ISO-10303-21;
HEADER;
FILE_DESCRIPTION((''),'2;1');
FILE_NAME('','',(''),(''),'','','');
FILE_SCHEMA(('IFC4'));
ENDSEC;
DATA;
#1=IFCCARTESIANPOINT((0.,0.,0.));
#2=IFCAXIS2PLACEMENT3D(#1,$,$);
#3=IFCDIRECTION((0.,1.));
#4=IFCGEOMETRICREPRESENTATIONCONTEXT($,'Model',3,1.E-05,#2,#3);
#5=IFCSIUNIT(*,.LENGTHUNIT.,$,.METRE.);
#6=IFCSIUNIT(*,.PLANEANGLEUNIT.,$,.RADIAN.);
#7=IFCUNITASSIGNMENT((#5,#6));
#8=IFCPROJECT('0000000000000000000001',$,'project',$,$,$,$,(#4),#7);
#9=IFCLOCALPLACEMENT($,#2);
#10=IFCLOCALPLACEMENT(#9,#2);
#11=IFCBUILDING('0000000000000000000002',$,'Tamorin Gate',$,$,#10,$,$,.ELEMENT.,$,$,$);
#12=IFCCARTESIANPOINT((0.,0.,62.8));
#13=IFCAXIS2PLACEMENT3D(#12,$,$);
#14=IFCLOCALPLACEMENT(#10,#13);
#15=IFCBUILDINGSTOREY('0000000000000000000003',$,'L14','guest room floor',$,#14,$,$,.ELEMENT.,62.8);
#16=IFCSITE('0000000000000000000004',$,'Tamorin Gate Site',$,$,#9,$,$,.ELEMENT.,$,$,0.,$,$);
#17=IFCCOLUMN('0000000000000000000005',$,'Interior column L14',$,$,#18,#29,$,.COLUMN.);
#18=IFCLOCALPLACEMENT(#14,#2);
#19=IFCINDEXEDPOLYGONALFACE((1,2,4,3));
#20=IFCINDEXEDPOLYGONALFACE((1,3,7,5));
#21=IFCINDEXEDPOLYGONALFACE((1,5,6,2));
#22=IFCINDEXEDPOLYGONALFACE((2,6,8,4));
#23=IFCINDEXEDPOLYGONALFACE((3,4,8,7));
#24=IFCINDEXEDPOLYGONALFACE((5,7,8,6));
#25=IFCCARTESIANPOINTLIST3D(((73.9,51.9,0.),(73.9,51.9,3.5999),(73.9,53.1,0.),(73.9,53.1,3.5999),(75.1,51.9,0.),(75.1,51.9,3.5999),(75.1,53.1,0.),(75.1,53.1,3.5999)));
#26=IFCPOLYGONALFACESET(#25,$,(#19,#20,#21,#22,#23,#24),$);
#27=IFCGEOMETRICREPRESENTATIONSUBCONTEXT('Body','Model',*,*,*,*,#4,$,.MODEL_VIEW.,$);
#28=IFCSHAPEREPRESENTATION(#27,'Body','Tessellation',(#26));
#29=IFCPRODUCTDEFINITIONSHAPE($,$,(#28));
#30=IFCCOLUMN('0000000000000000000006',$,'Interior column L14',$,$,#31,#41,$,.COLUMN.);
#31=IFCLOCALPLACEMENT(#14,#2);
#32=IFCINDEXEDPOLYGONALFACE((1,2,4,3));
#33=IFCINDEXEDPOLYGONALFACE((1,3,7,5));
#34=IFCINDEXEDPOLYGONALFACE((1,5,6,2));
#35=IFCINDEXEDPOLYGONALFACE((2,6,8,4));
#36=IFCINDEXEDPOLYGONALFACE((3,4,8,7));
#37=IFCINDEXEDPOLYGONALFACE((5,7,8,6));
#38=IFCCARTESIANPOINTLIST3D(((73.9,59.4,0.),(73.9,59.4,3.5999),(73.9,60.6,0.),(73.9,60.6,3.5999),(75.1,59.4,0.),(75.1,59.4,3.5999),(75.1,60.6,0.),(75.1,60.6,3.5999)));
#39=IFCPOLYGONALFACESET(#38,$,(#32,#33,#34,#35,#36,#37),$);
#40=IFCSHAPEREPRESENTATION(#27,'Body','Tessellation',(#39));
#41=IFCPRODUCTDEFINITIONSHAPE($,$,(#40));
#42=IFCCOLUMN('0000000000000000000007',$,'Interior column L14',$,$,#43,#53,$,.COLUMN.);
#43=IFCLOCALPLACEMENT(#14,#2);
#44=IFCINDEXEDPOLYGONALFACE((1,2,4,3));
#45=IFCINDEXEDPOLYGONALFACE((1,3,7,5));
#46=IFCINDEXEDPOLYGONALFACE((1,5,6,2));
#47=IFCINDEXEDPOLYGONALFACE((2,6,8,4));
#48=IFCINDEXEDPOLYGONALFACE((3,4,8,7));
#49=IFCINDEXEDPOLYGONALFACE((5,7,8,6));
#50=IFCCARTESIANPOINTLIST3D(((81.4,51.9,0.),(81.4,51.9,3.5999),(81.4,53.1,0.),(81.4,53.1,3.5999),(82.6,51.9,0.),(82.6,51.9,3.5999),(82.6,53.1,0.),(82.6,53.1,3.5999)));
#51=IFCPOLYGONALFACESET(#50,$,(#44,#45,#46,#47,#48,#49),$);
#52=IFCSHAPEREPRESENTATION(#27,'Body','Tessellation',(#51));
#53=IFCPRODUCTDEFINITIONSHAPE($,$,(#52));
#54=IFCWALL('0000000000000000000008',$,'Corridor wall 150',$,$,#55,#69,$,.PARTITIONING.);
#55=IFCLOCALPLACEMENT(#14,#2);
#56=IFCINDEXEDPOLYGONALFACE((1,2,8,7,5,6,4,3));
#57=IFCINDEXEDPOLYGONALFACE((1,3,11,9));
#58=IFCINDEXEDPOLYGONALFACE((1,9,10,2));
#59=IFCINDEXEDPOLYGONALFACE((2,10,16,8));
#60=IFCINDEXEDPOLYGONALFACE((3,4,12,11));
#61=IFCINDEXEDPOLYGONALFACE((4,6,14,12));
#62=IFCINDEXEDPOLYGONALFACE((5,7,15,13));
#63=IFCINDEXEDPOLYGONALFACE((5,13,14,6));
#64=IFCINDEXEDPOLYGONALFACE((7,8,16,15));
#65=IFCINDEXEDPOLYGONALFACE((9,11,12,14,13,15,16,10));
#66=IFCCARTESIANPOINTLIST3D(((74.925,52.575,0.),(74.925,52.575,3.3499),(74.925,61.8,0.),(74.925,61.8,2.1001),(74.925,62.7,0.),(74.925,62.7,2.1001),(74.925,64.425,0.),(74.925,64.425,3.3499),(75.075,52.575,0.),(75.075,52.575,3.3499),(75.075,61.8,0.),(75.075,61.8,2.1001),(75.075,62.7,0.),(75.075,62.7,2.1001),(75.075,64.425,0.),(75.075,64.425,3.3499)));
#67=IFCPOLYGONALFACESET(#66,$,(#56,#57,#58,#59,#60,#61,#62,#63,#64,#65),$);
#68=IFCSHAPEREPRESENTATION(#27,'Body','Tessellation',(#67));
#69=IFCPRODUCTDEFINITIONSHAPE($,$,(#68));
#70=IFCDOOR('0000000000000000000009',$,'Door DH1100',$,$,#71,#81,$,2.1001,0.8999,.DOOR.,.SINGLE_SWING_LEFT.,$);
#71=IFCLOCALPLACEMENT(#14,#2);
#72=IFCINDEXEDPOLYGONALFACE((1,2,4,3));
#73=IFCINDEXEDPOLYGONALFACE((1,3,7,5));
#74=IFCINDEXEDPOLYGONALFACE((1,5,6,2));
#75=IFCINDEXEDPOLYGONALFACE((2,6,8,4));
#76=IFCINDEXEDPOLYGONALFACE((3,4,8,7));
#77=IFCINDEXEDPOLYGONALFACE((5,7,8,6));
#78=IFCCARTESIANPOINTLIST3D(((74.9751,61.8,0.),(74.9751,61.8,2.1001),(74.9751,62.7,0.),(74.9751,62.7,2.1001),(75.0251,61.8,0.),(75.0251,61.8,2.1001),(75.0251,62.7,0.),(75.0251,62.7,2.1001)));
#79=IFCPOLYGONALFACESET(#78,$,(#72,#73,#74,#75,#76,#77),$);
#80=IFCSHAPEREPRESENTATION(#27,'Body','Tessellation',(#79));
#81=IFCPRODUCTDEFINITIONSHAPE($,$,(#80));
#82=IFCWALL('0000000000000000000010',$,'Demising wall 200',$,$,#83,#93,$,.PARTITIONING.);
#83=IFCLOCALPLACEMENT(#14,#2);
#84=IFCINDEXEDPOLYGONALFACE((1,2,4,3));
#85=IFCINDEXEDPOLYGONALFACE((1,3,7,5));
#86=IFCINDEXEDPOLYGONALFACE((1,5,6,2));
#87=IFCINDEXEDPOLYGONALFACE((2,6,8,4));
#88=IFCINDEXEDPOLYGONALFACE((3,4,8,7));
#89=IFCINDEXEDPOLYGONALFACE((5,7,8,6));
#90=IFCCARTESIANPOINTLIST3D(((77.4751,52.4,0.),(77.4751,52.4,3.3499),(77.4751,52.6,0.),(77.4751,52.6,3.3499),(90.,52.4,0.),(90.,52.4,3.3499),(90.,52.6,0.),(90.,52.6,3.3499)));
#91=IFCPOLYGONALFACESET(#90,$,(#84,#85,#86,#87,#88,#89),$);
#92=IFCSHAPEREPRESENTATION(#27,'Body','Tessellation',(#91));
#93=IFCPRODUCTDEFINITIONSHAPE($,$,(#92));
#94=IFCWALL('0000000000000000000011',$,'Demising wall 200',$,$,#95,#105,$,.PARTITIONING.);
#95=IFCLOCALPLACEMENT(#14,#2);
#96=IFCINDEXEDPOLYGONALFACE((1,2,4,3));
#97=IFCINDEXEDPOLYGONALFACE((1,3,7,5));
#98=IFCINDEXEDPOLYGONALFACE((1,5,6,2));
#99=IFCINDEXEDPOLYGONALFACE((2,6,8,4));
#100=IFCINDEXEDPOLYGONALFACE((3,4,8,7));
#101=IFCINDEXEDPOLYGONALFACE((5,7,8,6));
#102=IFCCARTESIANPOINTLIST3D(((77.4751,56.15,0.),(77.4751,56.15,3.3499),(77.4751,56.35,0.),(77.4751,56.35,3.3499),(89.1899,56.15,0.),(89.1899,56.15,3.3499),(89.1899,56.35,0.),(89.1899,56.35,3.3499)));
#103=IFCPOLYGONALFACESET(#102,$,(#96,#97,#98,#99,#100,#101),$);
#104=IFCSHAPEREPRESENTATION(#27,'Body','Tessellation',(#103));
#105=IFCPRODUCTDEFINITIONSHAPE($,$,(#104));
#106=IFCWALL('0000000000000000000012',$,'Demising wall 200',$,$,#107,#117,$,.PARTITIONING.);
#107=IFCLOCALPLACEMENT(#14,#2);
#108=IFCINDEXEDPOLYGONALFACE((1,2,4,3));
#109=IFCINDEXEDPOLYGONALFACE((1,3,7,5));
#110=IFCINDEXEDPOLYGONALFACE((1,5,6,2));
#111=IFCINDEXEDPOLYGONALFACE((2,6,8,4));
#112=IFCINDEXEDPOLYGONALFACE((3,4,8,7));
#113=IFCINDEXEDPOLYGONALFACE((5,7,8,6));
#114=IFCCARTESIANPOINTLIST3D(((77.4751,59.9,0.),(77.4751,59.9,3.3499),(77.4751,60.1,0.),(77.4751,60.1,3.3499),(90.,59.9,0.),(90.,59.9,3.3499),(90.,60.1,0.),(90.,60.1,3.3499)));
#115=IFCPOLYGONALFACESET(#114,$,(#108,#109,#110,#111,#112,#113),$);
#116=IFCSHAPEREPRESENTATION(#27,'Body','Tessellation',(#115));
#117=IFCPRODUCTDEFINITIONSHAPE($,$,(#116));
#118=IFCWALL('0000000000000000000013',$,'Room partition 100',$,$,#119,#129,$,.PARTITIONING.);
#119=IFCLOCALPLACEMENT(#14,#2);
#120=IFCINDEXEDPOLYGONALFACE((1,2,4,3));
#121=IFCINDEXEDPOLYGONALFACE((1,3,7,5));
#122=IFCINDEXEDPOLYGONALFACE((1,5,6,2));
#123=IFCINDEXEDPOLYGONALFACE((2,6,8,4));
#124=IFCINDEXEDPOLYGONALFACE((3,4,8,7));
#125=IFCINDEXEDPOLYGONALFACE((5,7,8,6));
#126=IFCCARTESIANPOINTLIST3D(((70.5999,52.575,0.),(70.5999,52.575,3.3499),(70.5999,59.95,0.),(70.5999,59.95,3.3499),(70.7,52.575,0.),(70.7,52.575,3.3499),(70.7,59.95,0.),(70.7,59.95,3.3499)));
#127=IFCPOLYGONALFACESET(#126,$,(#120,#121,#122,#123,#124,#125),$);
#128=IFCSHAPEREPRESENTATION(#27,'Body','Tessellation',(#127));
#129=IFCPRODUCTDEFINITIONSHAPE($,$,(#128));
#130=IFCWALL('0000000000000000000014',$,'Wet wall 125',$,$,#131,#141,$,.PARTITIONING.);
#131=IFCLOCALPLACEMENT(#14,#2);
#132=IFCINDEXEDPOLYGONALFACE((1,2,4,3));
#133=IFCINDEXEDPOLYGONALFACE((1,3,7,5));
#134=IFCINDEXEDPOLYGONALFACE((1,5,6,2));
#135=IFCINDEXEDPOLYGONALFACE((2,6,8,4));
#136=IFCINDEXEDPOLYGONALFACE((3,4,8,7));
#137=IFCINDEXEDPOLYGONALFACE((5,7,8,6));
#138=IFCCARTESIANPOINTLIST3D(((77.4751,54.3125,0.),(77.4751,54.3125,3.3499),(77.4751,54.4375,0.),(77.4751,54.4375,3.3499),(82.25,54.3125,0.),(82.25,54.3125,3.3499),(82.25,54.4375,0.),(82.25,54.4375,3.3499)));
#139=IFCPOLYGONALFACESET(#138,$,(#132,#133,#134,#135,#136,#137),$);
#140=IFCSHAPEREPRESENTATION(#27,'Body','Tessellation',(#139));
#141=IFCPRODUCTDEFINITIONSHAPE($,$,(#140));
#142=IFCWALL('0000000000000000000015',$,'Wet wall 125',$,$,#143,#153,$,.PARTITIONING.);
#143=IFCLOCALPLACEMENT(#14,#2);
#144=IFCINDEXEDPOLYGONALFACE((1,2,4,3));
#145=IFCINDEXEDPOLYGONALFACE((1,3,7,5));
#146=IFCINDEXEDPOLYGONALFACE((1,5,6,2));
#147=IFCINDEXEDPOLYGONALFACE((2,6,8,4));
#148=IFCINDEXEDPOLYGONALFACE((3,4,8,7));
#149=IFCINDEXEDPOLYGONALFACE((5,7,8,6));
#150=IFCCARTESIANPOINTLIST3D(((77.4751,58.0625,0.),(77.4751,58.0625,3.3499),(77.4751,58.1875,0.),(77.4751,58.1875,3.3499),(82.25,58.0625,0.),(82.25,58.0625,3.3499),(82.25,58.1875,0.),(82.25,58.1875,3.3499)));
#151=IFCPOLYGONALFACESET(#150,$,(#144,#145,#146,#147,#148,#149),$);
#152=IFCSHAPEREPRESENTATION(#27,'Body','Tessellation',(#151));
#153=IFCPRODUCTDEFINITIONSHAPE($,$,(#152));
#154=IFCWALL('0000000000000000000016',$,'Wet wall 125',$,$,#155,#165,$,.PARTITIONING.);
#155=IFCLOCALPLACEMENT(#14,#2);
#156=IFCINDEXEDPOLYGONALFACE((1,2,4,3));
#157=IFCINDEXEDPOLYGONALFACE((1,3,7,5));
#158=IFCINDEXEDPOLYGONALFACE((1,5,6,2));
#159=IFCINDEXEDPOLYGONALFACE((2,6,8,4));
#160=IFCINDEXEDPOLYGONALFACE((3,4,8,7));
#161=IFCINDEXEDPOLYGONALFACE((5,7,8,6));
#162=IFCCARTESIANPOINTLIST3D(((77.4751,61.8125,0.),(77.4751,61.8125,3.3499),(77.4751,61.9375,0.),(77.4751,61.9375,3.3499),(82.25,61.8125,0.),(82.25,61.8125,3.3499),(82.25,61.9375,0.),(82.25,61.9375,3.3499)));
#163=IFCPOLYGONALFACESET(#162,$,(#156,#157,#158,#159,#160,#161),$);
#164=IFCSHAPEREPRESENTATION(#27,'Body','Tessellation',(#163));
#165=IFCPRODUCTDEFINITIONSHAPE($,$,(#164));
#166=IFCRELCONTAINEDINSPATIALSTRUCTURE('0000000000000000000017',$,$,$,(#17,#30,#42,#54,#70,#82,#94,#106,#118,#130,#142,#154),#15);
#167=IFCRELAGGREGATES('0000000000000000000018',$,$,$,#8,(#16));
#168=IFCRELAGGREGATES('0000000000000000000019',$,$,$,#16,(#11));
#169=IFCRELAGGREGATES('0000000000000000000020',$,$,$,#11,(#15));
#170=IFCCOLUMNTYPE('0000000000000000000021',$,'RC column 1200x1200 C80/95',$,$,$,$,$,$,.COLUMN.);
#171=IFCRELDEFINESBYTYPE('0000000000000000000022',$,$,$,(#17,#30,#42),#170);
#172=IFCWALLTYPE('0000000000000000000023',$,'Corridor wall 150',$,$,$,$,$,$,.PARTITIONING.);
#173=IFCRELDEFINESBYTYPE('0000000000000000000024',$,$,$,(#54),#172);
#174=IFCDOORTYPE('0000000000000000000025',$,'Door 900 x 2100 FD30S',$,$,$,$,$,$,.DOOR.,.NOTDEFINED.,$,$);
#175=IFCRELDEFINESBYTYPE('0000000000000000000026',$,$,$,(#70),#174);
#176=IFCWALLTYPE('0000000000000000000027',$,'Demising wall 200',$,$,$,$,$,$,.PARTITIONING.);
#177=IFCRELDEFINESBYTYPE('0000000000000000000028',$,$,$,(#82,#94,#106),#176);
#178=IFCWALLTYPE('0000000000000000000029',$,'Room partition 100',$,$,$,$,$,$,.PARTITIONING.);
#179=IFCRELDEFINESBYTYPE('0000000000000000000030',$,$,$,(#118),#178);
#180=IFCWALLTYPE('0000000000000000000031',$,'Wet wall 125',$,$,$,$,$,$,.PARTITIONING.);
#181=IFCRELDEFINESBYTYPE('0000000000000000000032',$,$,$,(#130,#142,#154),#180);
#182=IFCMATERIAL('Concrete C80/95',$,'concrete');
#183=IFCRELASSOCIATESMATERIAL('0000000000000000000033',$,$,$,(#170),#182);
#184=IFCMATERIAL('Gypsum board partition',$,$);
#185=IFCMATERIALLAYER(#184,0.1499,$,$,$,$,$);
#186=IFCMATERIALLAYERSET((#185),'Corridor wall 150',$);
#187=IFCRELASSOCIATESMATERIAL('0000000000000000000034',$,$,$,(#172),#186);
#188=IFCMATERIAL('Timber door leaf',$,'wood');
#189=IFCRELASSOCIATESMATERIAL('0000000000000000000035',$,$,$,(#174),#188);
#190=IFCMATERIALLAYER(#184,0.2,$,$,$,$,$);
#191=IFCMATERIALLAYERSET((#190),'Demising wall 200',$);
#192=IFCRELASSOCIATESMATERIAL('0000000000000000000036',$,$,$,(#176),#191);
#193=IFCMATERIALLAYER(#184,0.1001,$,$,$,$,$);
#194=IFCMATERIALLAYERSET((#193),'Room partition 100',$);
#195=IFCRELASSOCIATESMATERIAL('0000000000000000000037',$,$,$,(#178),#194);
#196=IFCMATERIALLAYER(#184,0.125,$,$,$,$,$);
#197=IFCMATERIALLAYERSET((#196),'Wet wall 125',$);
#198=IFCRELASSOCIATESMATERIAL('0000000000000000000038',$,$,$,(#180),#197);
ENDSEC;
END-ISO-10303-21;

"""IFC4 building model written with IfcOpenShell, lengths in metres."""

from ifc_helpers import new_model, si_unit, direction, frame, frame_2d, origin, origin_2d, place, context, subcontext, project, spatial, rectangle, extrude, material, layer, layer_set, material_profile, profile_set, type_object, element, fill, save


model = new_model("IFC4")

# Units and contexts
model_context = context("Model", 3, precision=1e-05, world=origin(), true_north=direction((0.0, 1.0)))
body_context = subcontext(model_context, "Body", "Model", "MODEL_VIEW")
ifc_project = project(units=[si_unit("LENGTHUNIT", "METRE"), si_unit("PLANEANGLEUNIT", "RADIAN")], contexts=[model_context])

# Site, building, storey
site_placement = place(None, origin())
site = spatial("IfcSite", under=ifc_project, at=site_placement, Name="Tamorin Gate Site", CompositionType="ELEMENT", RefElevation=0.0)
building_placement = place(site_placement, origin())
building = spatial("IfcBuilding", under=site, at=building_placement, Name="Tamorin Gate", CompositionType="ELEMENT")
storey_placement = place(building_placement, frame((0.0, 0.0, 62.8)))
storey = spatial("IfcBuildingStorey", under=building, at=storey_placement, Name="L14", Description="guest room floor", CompositionType="ELEMENT", Elevation=62.8)

# Columns
ifc_material_1 = material(Name="Concrete C80/95", Category="concrete")
ifc_material_profile = material_profile(ifc_material_1, rectangle(XDim=1.2, YDim=1.2, at=origin_2d()), Name="RC 1200x1200")
ifc_profile_set = profile_set([ifc_material_profile], Name="Concrete C80/95")
column_type = type_object("IfcColumnType", Name="RC column 1200x1200 C80/95", PredefinedType="COLUMN", material=ifc_profile_set)
for number, where, z_axis, x_axis, name in (
    (1, (74.5, 52.5, 0.0), (0.0, 0.0, 1.0), (1.0, 0.0, 0.0), "Interior column L14"),
    (2, (74.5, 60.0, 0.0), (0.0, 0.0, 1.0), (1.0, 0.0, 0.0), "Interior column L14"),
    (3, (82.0, 52.5, 0.0), (0.0, 0.0, 1.0), (1.0, 0.0, 0.0), "Interior column L14"),
):
    element("IfcColumn", number, at=place(storey_placement, frame(where, z_axis=z_axis, x_axis=x_axis)), inside=storey, type_object=column_type, Name=name, PredefinedType="COLUMN", context=body_context, shape_type="SweptSolid", body=[
        extrude(rectangle(XDim=1.2, YDim=1.2, at=origin_2d()), origin(), (0.0, 0.0, 1.0), 3.5999),
    ])

# Wall, opening, door
ifc_material_2 = material(Name="Gypsum board partition")
ifc_layer_1 = layer(ifc_material_2, 0.1499)
ifc_layer_set_1 = layer_set([ifc_layer_1], Name="Corridor wall 150")
wall_type_1 = type_object("IfcWallType", Name="Corridor wall 150", PredefinedType="PARTITIONING", material=ifc_layer_set_1)
wall_1_placement = place(storey_placement, frame((75.0, 52.575, 0.0), z_axis=(0.0, 0.0, 1.0), x_axis=(0.0, 1.0, 0.0)))
wall_1 = element("IfcWall", 4, at=wall_1_placement, inside=storey, type_object=wall_type_1, Name="Corridor wall 150", PredefinedType="PARTITIONING", context=body_context, shape_type="SweptSolid", body=[
    extrude(rectangle(XDim=11.8501, YDim=0.1499, at=frame_2d((5.925, 0.0))), origin(), (0.0, 0.0, 1.0), 3.3499),
])
opening_1_placement = place(wall_1_placement, frame((9.2251, 0.0, 0.0)))
opening_1 = element("IfcOpeningElement", 5, at=opening_1_placement, cuts=wall_1, PredefinedType="OPENING", context=body_context, shape_type="SweptSolid", body=[
    extrude(rectangle(XDim=0.8999, YDim=2.1001, at=frame_2d((0.45, 1.05))), frame((0.0, 0.085, 0.0), z_axis=(0.0, -1.0, 0.0), x_axis=(1.0, 0.0, 0.0)), (0.0, 0.0, 1.0), 0.1699),
])
ifc_material_3 = material(Name="Timber door leaf", Category="wood")
door_type = type_object("IfcDoorType", Name="Door 900 x 2100 FD30S", OperationType="NOTDEFINED", PredefinedType="DOOR", material=ifc_material_3)
door_1_placement = place(opening_1_placement, origin())
door_1 = element("IfcDoor", 6, at=door_1_placement, inside=storey, type_object=door_type, Name="Door DH1100", OperationType="SINGLE_SWING_LEFT", OverallHeight=2.1001, OverallWidth=0.8999, PredefinedType="DOOR", context=body_context, shape_type="SweptSolid", body=[
    extrude(rectangle(XDim=0.8999, YDim=2.1001, at=frame_2d((0.45, 1.05))), frame((0.0, 0.0249, 0.0), z_axis=(0.0, -1.0, 0.0), x_axis=(1.0, 0.0, 0.0)), (0.0, 0.0, 1.0), 0.05),
])
fill(opening_1, door_1)

# Walls
ifc_layer_2 = layer(ifc_material_2, 0.2)
ifc_layer_set_2 = layer_set([ifc_layer_2], Name="Demising wall 200")
wall_type_2 = type_object("IfcWallType", Name="Demising wall 200", PredefinedType="PARTITIONING", material=ifc_layer_set_2)
wall_2_placement = place(storey_placement, frame((77.4751, 52.5, 0.0), z_axis=(0.0, 0.0, 1.0), x_axis=(1.0, 0.0, 0.0)))
element("IfcWall", 7, at=wall_2_placement, inside=storey, type_object=wall_type_2, Name="Demising wall 200", PredefinedType="PARTITIONING", context=body_context, shape_type="SweptSolid", body=[
    extrude(rectangle(XDim=12.5249, YDim=0.2, at=frame_2d((6.2625, 0.0))), origin(), (0.0, 0.0, 1.0), 3.3499),
])
wall_3_placement = place(storey_placement, frame((77.4751, 56.25, 0.0), z_axis=(0.0, 0.0, 1.0), x_axis=(1.0, 0.0, 0.0)))
element("IfcWall", 8, at=wall_3_placement, inside=storey, type_object=wall_type_2, Name="Demising wall 200", PredefinedType="PARTITIONING", context=body_context, shape_type="SweptSolid", body=[
    extrude(rectangle(XDim=11.7148, YDim=0.2, at=frame_2d((5.8574, 0.0))), origin(), (0.0, 0.0, 1.0), 3.3499),
])
wall_4_placement = place(storey_placement, frame((77.4751, 60.0, 0.0), z_axis=(0.0, 0.0, 1.0), x_axis=(1.0, 0.0, 0.0)))
element("IfcWall", 9, at=wall_4_placement, inside=storey, type_object=wall_type_2, Name="Demising wall 200", PredefinedType="PARTITIONING", context=body_context, shape_type="SweptSolid", body=[
    extrude(rectangle(XDim=12.5249, YDim=0.2, at=frame_2d((6.2625, 0.0))), origin(), (0.0, 0.0, 1.0), 3.3499),
])
ifc_layer_3 = layer(ifc_material_2, 0.1001)
ifc_layer_set_3 = layer_set([ifc_layer_3], Name="Room partition 100")
wall_type_3 = type_object("IfcWallType", Name="Room partition 100", PredefinedType="PARTITIONING", material=ifc_layer_set_3)
wall_5_placement = place(storey_placement, frame((70.6499, 52.575, 0.0), z_axis=(0.0, 0.0, 1.0), x_axis=(0.0, 1.0, 0.0)))
element("IfcWall", 10, at=wall_5_placement, inside=storey, type_object=wall_type_3, Name="Room partition 100", PredefinedType="PARTITIONING", context=body_context, shape_type="SweptSolid", body=[
    extrude(rectangle(XDim=7.375, YDim=0.1001, at=frame_2d((3.6875, 0.0))), origin(), (0.0, 0.0, 1.0), 3.3499),
])
ifc_layer_4 = layer(ifc_material_2, 0.125)
ifc_layer_set_4 = layer_set([ifc_layer_4], Name="Wet wall 125")
wall_type_4 = type_object("IfcWallType", Name="Wet wall 125", PredefinedType="PARTITIONING", material=ifc_layer_set_4)
for number, where, z_axis, x_axis, name in (
    (11, (77.4751, 54.375, 0.0), (0.0, 0.0, 1.0), (1.0, 0.0, 0.0), "Wet wall 125"),
    (12, (77.4751, 58.125, 0.0), (0.0, 0.0, 1.0), (1.0, 0.0, 0.0), "Wet wall 125"),
    (13, (77.4751, 61.875, 0.0), (0.0, 0.0, 1.0), (1.0, 0.0, 0.0), "Wet wall 125"),
):
    element("IfcWall", number, at=place(storey_placement, frame(where, z_axis=z_axis, x_axis=x_axis)), inside=storey, type_object=wall_type_4, Name=name, PredefinedType="PARTITIONING", context=body_context, shape_type="SweptSolid", body=[
        extrude(rectangle(XDim=4.7749, YDim=0.125, at=frame_2d((2.3875, 0.0))), origin(), (0.0, 0.0, 1.0), 3.3499),
    ])

save(model, "model.ifc")
